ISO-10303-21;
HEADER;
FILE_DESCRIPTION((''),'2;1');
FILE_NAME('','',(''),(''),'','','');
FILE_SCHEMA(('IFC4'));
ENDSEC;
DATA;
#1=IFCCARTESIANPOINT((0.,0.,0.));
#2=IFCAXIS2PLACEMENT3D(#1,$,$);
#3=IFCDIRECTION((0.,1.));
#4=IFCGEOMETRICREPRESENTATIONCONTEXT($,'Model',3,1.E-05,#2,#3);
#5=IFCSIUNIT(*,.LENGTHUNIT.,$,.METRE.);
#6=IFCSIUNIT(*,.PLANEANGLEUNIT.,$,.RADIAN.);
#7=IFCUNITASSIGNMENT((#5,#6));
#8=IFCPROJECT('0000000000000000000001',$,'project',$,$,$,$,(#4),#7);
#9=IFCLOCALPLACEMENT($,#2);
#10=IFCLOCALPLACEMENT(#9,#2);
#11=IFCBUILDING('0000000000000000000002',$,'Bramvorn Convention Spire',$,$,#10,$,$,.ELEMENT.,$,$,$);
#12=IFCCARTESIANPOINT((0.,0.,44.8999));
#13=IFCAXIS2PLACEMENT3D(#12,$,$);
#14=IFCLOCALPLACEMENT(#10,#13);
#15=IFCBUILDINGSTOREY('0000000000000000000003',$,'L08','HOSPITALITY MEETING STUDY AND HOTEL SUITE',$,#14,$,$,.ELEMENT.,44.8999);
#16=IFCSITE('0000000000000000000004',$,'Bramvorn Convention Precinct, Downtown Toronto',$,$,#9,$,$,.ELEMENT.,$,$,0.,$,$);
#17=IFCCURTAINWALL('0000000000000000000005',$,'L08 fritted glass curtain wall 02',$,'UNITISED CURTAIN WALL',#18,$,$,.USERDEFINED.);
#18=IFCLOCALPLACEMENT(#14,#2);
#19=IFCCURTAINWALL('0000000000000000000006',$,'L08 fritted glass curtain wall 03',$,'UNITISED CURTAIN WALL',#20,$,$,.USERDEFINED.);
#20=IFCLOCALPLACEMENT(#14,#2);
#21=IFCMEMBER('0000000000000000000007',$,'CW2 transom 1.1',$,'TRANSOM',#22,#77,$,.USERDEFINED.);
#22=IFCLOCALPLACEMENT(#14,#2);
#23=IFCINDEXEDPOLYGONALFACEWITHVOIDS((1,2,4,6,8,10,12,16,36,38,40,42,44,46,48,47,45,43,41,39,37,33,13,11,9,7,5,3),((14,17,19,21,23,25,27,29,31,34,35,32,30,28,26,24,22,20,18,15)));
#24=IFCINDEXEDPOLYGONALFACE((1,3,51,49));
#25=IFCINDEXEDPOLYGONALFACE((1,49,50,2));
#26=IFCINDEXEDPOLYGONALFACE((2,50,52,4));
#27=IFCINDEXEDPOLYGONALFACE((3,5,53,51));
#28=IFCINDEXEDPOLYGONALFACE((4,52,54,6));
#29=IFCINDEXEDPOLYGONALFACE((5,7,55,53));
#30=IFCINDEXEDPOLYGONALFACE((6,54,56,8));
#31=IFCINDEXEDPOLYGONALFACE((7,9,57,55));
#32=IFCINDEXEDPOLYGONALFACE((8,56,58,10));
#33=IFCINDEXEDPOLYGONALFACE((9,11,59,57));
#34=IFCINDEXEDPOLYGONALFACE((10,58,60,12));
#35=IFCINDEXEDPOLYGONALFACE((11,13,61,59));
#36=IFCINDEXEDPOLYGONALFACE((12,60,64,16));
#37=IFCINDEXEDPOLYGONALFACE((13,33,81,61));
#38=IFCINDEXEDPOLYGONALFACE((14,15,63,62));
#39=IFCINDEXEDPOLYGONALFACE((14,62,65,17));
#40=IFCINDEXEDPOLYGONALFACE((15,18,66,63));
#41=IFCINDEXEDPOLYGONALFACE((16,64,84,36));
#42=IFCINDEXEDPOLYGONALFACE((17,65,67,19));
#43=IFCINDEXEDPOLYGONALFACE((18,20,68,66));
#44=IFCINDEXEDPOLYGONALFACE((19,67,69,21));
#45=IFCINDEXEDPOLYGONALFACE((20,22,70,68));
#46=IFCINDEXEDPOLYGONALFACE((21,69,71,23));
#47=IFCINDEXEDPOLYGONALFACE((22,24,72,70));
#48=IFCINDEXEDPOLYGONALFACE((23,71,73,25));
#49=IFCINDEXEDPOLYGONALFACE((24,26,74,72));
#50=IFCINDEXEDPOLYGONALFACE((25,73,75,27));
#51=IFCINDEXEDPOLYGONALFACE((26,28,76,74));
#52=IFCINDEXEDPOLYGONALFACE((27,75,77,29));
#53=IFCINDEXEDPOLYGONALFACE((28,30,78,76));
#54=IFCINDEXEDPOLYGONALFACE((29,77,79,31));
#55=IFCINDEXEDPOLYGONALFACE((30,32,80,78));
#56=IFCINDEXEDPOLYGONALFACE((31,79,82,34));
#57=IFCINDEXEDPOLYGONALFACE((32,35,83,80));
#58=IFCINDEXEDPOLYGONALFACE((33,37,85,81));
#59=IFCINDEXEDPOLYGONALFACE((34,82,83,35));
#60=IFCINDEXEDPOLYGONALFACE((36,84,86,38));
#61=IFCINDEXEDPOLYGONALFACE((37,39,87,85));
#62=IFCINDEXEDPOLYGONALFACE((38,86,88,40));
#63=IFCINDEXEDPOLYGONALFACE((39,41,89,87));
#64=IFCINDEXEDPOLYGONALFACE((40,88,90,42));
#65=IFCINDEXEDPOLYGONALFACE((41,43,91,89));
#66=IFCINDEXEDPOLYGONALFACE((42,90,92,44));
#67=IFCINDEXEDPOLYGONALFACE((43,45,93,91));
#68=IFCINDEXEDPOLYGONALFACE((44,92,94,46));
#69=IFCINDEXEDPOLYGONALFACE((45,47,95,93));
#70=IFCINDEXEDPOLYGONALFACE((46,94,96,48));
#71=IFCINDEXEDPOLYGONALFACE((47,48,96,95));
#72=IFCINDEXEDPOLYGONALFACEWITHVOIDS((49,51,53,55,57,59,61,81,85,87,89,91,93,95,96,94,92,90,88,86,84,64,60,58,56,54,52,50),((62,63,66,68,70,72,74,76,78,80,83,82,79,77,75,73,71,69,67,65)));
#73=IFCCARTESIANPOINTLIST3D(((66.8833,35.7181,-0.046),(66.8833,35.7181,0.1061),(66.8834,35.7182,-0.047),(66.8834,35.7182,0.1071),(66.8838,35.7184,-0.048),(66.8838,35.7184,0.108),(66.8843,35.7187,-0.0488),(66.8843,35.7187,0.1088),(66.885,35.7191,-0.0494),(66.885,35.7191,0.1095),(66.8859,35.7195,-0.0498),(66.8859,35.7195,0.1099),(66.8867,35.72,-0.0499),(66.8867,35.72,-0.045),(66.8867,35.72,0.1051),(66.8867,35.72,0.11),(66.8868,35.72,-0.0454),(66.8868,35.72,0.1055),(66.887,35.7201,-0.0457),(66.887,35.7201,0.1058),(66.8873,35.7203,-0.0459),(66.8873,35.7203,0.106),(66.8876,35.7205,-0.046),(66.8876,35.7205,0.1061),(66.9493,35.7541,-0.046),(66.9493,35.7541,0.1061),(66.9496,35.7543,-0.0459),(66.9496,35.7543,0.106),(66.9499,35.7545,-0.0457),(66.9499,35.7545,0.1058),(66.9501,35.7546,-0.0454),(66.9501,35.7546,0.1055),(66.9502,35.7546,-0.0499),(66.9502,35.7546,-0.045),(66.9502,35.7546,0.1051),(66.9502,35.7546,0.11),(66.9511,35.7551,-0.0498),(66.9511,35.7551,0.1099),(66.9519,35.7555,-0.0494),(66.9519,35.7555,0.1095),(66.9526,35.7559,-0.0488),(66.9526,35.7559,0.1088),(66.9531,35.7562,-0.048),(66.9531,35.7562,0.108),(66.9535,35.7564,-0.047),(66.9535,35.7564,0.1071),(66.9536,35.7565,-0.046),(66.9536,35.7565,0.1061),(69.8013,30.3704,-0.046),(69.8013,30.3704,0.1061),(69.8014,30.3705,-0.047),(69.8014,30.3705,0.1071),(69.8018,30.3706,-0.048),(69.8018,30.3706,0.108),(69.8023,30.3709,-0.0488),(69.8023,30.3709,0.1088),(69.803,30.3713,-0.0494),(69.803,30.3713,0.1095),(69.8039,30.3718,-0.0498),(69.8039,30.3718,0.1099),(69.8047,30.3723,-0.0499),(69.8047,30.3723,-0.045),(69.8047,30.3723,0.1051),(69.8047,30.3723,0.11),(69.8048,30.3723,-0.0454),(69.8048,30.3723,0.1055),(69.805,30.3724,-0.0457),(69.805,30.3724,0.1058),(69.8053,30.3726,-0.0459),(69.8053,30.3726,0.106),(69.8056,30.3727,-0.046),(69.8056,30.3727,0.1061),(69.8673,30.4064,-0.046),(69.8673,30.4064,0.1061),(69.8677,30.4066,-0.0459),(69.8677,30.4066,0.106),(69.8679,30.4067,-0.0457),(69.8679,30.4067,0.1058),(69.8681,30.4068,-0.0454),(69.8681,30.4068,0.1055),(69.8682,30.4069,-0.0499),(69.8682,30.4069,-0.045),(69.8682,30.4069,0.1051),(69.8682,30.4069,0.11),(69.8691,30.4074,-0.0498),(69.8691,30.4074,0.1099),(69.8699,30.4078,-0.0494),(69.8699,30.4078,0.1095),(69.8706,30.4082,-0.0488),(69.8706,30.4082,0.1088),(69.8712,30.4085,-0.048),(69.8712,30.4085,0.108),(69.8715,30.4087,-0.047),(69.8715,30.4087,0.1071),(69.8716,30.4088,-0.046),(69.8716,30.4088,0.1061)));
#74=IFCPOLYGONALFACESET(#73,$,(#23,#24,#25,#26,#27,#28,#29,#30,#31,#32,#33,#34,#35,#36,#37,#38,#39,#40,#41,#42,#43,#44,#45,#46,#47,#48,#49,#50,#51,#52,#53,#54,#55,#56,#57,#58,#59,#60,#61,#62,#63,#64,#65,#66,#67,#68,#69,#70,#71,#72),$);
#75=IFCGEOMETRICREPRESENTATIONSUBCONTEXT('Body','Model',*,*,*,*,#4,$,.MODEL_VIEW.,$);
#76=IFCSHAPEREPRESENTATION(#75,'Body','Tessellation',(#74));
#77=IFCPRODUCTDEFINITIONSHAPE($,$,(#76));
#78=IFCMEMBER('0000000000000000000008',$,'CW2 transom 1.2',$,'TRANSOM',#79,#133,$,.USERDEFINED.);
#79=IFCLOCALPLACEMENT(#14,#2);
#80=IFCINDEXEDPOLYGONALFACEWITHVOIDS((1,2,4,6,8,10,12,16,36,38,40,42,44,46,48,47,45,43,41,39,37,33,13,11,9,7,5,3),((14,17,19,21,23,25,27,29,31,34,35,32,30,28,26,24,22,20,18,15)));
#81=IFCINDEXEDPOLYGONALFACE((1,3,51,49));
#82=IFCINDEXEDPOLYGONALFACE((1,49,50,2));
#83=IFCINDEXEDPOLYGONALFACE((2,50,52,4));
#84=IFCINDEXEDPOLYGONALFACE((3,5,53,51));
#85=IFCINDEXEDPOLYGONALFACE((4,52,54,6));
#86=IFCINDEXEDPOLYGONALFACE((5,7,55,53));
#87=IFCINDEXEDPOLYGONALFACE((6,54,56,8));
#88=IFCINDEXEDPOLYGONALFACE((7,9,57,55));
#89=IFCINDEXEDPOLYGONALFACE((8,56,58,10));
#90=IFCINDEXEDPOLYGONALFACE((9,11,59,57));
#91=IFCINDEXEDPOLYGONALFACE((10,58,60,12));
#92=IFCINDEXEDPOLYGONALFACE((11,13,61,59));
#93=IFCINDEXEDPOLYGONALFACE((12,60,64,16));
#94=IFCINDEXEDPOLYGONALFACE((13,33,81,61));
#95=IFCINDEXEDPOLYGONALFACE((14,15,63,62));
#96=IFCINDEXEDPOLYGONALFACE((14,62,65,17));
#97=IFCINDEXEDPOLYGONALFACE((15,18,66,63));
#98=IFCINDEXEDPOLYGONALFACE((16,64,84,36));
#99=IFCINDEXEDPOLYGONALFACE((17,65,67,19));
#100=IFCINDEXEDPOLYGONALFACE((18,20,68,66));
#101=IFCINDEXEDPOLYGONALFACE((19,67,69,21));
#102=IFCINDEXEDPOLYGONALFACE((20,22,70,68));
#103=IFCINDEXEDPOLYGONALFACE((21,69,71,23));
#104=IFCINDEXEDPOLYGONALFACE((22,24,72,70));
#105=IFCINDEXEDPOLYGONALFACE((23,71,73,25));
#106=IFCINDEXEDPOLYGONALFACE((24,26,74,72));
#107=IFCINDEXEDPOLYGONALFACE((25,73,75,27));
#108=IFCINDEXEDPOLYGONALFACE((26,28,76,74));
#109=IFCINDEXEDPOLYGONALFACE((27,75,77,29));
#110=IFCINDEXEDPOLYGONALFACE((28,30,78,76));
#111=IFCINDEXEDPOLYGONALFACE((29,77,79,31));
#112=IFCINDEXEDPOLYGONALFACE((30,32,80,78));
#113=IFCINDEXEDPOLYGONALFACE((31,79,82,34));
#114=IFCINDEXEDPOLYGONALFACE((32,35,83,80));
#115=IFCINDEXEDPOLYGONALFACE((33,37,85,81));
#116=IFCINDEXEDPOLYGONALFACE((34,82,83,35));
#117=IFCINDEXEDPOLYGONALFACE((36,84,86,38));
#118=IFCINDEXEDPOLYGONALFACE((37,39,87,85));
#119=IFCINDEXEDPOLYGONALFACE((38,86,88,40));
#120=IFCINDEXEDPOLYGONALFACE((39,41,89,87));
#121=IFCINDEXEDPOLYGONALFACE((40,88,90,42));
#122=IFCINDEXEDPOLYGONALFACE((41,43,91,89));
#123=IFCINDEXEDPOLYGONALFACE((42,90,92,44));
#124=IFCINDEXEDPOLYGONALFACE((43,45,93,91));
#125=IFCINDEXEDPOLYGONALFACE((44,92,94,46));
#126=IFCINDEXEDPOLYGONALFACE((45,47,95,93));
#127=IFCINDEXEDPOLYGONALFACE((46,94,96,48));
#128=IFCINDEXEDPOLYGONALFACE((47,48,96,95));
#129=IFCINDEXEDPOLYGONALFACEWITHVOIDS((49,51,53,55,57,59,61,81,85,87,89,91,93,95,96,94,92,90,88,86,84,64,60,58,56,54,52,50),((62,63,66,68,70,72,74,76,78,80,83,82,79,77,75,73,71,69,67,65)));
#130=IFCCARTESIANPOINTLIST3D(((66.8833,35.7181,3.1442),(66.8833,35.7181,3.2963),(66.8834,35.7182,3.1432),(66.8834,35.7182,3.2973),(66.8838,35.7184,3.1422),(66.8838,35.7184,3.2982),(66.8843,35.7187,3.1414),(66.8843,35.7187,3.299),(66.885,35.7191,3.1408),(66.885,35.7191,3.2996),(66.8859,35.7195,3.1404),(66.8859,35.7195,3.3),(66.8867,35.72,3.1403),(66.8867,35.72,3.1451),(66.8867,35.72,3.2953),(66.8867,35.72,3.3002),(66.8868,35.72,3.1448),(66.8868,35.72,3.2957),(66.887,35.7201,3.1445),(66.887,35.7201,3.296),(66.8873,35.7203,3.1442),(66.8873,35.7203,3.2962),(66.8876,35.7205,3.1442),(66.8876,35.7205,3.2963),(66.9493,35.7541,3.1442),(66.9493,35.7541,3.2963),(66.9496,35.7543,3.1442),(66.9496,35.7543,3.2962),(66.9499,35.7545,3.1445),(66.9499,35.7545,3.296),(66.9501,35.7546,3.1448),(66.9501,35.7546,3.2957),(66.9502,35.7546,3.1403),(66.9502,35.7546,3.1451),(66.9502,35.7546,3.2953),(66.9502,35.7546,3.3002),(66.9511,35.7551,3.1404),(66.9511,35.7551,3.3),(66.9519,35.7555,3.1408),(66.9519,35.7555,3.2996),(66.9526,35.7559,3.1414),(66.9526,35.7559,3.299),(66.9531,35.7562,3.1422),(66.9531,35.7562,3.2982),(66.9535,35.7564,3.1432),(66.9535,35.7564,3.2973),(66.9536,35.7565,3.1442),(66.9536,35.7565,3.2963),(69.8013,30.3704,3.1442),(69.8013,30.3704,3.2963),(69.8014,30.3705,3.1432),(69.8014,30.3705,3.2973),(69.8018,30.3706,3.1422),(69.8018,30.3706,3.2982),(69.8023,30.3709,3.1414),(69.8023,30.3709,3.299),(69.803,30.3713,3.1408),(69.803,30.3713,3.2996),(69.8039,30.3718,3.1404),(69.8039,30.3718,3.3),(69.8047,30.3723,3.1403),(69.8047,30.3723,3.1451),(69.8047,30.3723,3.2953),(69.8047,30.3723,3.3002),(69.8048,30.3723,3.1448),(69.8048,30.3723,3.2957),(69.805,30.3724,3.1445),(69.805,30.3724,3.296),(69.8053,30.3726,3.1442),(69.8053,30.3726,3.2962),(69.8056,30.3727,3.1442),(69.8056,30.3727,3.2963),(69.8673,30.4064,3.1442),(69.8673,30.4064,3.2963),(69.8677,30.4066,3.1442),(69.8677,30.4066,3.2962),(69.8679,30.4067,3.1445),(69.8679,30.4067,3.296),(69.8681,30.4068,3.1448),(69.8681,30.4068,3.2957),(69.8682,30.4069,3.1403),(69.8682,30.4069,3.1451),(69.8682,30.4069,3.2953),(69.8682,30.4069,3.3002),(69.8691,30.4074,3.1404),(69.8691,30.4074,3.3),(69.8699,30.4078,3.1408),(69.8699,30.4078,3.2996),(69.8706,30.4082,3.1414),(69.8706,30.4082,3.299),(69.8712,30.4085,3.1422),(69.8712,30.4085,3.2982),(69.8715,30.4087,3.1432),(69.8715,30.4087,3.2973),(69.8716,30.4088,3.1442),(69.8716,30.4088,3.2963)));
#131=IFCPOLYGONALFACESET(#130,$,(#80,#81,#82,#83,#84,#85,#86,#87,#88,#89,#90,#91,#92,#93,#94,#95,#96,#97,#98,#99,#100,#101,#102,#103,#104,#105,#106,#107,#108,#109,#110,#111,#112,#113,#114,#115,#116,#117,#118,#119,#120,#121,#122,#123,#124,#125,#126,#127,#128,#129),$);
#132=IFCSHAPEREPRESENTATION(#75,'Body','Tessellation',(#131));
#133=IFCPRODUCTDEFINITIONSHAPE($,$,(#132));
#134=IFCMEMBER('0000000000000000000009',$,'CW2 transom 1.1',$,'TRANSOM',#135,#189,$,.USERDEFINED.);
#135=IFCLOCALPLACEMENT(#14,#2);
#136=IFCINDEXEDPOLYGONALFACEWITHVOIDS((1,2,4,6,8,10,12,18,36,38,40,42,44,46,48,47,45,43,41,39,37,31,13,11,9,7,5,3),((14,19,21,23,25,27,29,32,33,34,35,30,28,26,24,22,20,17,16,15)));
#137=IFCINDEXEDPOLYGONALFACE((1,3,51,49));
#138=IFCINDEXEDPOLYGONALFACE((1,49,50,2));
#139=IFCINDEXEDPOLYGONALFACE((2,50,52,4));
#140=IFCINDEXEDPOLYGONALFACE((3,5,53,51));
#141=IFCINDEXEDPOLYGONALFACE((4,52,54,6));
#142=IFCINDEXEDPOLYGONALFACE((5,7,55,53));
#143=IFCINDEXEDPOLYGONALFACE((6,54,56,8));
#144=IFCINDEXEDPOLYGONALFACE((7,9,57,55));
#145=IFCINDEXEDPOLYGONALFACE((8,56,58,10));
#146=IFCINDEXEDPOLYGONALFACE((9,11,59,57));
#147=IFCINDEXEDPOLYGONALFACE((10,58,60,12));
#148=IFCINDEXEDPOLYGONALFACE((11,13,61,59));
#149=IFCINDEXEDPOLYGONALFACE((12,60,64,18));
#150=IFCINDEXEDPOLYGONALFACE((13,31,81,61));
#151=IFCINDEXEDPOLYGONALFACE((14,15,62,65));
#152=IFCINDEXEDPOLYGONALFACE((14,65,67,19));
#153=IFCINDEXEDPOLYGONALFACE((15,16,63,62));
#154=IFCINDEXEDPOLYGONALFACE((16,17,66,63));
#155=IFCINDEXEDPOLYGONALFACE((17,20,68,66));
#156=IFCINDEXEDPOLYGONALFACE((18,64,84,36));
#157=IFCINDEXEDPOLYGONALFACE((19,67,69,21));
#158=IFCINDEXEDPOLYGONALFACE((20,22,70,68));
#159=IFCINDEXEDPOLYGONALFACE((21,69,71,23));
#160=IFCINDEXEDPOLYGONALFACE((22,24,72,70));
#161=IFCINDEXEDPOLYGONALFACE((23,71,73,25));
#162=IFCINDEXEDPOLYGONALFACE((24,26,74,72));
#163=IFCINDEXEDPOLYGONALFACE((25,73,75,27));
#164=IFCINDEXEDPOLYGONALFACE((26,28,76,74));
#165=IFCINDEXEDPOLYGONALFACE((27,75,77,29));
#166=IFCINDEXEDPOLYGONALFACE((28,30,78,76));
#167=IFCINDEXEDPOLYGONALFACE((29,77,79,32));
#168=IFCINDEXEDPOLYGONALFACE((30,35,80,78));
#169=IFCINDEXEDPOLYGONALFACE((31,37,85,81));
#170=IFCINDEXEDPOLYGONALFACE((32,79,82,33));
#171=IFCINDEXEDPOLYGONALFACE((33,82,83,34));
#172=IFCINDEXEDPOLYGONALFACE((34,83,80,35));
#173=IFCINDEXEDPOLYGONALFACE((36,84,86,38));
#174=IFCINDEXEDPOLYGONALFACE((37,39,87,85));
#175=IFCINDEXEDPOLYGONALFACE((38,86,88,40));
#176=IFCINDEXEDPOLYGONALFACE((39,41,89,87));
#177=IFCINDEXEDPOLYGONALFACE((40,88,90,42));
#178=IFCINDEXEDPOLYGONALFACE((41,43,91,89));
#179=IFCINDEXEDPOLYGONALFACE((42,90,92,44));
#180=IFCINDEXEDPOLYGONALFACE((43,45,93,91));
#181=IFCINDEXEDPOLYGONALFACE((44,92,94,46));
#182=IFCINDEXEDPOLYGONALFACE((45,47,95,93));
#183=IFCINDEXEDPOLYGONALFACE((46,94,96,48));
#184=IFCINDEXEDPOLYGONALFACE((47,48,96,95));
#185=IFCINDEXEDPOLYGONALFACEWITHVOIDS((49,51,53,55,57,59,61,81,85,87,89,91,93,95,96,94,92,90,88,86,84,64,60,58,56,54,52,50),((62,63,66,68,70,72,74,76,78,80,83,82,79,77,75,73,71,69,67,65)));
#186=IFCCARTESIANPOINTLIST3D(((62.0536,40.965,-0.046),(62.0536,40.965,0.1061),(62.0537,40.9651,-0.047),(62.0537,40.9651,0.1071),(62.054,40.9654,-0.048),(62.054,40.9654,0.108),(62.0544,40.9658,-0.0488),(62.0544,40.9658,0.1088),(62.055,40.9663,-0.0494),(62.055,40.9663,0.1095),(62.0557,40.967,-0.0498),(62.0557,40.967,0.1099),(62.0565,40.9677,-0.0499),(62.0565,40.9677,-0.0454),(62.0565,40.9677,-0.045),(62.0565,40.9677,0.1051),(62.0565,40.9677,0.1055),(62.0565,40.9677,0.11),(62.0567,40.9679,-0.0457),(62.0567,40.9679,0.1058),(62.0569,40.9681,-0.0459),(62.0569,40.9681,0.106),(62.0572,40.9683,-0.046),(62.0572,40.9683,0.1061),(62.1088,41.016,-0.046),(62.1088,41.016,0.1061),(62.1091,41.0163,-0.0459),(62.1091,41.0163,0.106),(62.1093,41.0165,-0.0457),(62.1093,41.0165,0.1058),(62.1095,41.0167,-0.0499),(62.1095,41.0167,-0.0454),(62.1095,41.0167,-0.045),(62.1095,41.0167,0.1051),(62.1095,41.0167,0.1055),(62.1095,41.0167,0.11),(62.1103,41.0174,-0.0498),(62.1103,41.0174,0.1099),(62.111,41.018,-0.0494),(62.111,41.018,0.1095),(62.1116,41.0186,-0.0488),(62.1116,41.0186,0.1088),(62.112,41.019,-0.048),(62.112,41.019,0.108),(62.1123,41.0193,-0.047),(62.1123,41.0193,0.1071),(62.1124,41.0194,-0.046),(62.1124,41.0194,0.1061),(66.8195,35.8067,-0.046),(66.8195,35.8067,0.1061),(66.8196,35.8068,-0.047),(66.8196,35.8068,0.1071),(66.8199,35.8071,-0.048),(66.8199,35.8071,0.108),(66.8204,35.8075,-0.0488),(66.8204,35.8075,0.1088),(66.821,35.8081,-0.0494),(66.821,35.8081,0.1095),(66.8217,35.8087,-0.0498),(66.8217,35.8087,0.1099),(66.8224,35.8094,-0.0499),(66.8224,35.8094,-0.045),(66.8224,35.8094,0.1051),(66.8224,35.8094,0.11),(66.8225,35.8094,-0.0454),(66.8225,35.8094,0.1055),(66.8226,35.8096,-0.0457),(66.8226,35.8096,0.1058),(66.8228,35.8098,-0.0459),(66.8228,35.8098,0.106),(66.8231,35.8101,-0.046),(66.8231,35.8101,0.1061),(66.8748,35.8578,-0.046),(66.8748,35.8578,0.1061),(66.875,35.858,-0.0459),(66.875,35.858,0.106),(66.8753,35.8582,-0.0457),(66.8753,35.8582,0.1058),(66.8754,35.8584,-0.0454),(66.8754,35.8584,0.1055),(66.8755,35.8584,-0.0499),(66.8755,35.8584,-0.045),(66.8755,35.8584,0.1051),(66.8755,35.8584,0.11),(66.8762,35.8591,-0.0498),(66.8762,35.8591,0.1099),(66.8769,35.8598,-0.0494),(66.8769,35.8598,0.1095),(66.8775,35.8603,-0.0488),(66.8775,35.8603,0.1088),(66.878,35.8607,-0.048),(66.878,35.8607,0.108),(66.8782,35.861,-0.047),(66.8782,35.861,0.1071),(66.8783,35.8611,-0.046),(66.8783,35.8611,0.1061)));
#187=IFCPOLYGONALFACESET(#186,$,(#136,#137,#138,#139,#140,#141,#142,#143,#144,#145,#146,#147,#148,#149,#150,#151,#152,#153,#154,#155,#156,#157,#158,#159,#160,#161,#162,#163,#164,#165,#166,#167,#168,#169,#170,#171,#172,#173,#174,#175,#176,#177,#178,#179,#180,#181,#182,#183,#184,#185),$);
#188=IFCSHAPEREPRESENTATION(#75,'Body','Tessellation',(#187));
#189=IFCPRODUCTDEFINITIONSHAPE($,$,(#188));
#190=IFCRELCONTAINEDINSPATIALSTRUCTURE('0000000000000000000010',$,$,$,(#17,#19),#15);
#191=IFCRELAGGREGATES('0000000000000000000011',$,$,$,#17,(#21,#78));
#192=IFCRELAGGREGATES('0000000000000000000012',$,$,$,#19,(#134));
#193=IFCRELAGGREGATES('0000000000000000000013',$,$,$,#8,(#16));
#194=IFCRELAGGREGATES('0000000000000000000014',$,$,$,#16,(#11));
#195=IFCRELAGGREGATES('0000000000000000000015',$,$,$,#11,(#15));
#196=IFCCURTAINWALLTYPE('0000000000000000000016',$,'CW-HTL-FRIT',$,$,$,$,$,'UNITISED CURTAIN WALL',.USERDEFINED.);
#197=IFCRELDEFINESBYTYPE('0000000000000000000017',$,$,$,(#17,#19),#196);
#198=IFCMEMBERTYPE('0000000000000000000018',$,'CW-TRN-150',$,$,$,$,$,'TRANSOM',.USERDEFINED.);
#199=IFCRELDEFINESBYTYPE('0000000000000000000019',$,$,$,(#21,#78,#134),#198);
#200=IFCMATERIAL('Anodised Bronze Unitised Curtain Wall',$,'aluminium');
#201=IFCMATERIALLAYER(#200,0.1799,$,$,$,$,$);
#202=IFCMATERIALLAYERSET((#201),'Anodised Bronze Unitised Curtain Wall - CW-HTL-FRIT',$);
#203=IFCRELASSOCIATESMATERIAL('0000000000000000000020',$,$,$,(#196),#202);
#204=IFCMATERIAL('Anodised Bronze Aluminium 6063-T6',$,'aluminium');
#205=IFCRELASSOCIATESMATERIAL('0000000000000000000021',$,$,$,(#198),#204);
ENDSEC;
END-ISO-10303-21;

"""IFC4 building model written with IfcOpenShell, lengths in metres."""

from ifc_helpers import new_model, si_unit, direction, frame, origin, origin_2d, place, context, subcontext, project, spatial, hollow_rectangle, extrude, material, layer, layer_set, material_profile, profile_set, type_object, element, aggregate, save


model = new_model("IFC4")

# Units and contexts
model_context = context("Model", 3, precision=1e-05, world=origin(), true_north=direction((0.0, 1.0)))
body_context = subcontext(model_context, "Body", "Model", "MODEL_VIEW")
ifc_project = project(units=[si_unit("LENGTHUNIT", "METRE"), si_unit("PLANEANGLEUNIT", "RADIAN")], contexts=[model_context])

# Site, building, storey
site_placement = place(None, origin())
site = spatial("IfcSite", under=ifc_project, at=site_placement, Name="Bramvorn Convention Precinct, Downtown Toronto", CompositionType="ELEMENT", RefElevation=0.0)
building_placement = place(site_placement, origin())
building = spatial("IfcBuilding", under=site, at=building_placement, Name="Bramvorn Convention Spire", CompositionType="ELEMENT")
storey_placement = place(building_placement, frame((0.0, 0.0, 44.8999)))
storey = spatial("IfcBuildingStorey", under=building, at=storey_placement, Name="L08", Description="HOSPITALITY MEETING STUDY AND HOTEL SUITE", CompositionType="ELEMENT", Elevation=44.8999)

# Curtain wall
ifc_material_1 = material(Name="Anodised Bronze Unitised Curtain Wall", Category="aluminium")
ifc_layer_1 = layer(ifc_material_1, 0.1799)
ifc_layer_set_1 = layer_set([ifc_layer_1], Name="Anodised Bronze Unitised Curtain Wall - CW-HTL-FRIT")
curtain_wall_type = type_object("IfcCurtainWallType", Name="CW-HTL-FRIT", ElementType="UNITISED CURTAIN WALL", PredefinedType="USERDEFINED", material=ifc_layer_set_1)
curtain_wall_1_placement = place(storey_placement, origin())
curtain_wall_1 = element("IfcCurtainWall", 1, at=curtain_wall_1_placement, inside=storey, type_object=curtain_wall_type, Name="L08 fritted glass curtain wall 02", ObjectType="UNITISED CURTAIN WALL", PredefinedType="USERDEFINED")
ifc_material_2 = material(Name="Anodised Bronze Aluminium 6063-T6", Category="aluminium")

# Curtain wall
curtain_wall_2_placement = place(storey_placement, origin())
curtain_wall_2 = element("IfcCurtainWall", 2, at=curtain_wall_2_placement, inside=storey, type_object=curtain_wall_type, Name="L08 fritted glass curtain wall 03", ObjectType="UNITISED CURTAIN WALL", PredefinedType="USERDEFINED")

# Members
ifc_material_profile_1 = material_profile(ifc_material_2, hollow_rectangle(XDim=0.0801, YDim=0.1599, WallThickness=0.0039, InnerFilletRadius=0.001, OuterFilletRadius=0.0039, at=origin_2d()))
ifc_profile_set_1 = profile_set([ifc_material_profile_1], Name="Anodised Bronze Aluminium 6063-T6 - CWT80X160")
member_type_1 = type_object("IfcMemberType", Name="CW-TRN-150", ElementType="TRANSOM", PredefinedType="USERDEFINED", material=ifc_profile_set_1)
member_1_placement = place(storey_placement, frame((66.9185, 35.7373, 0.03), z_axis=(0.478987, -0.877822, 0.0), x_axis=(0.877822, 0.478987, 0.0)))
member_1 = element("IfcMember", 3, at=member_1_placement, type_object=member_type_1, Name="CW2 transom 1.1", ObjectType="TRANSOM", PredefinedType="USERDEFINED", context=body_context, shape_type="SweptSolid", body=[
    extrude(hollow_rectangle(XDim=0.0801, YDim=0.1599, WallThickness=0.0039, InnerFilletRadius=0.001, OuterFilletRadius=0.0039, at=origin_2d()), origin(), (0.0, 0.0, 1.0), 6.092),
])
member_2_placement = place(storey_placement, frame((66.9185, 35.7373, 3.2202), z_axis=(0.478987, -0.877822, 0.0), x_axis=(0.877822, 0.478987, 0.0)))
member_2 = element("IfcMember", 4, at=member_2_placement, type_object=member_type_1, Name="CW2 transom 1.2", ObjectType="TRANSOM", PredefinedType="USERDEFINED", context=body_context, shape_type="SweptSolid", body=[
    extrude(hollow_rectangle(XDim=0.0801, YDim=0.1599, WallThickness=0.0039, InnerFilletRadius=0.001, OuterFilletRadius=0.0039, at=origin_2d()), origin(), (0.0, 0.0, 1.0), 6.092),
])
aggregate(curtain_wall_1, [member_1, member_2])
member_3_placement = place(storey_placement, frame((62.083, 40.9922, 0.03), z_axis=(0.678622, -0.734487, 0.0), x_axis=(0.734487, 0.678622, 0.0)))
member_3 = element("IfcMember", 5, at=member_3_placement, type_object=member_type_1, Name="CW2 transom 1.1", ObjectType="TRANSOM", PredefinedType="USERDEFINED", context=body_context, shape_type="SweptSolid", body=[
    extrude(hollow_rectangle(XDim=0.0801, YDim=0.1599, WallThickness=0.0039, InnerFilletRadius=0.001, OuterFilletRadius=0.0039, at=origin_2d()), origin(), (0.0, 0.0, 1.0), 7.0229),
])

aggregate(curtain_wall_2, [member_3])

save(model, "model.ifc")
